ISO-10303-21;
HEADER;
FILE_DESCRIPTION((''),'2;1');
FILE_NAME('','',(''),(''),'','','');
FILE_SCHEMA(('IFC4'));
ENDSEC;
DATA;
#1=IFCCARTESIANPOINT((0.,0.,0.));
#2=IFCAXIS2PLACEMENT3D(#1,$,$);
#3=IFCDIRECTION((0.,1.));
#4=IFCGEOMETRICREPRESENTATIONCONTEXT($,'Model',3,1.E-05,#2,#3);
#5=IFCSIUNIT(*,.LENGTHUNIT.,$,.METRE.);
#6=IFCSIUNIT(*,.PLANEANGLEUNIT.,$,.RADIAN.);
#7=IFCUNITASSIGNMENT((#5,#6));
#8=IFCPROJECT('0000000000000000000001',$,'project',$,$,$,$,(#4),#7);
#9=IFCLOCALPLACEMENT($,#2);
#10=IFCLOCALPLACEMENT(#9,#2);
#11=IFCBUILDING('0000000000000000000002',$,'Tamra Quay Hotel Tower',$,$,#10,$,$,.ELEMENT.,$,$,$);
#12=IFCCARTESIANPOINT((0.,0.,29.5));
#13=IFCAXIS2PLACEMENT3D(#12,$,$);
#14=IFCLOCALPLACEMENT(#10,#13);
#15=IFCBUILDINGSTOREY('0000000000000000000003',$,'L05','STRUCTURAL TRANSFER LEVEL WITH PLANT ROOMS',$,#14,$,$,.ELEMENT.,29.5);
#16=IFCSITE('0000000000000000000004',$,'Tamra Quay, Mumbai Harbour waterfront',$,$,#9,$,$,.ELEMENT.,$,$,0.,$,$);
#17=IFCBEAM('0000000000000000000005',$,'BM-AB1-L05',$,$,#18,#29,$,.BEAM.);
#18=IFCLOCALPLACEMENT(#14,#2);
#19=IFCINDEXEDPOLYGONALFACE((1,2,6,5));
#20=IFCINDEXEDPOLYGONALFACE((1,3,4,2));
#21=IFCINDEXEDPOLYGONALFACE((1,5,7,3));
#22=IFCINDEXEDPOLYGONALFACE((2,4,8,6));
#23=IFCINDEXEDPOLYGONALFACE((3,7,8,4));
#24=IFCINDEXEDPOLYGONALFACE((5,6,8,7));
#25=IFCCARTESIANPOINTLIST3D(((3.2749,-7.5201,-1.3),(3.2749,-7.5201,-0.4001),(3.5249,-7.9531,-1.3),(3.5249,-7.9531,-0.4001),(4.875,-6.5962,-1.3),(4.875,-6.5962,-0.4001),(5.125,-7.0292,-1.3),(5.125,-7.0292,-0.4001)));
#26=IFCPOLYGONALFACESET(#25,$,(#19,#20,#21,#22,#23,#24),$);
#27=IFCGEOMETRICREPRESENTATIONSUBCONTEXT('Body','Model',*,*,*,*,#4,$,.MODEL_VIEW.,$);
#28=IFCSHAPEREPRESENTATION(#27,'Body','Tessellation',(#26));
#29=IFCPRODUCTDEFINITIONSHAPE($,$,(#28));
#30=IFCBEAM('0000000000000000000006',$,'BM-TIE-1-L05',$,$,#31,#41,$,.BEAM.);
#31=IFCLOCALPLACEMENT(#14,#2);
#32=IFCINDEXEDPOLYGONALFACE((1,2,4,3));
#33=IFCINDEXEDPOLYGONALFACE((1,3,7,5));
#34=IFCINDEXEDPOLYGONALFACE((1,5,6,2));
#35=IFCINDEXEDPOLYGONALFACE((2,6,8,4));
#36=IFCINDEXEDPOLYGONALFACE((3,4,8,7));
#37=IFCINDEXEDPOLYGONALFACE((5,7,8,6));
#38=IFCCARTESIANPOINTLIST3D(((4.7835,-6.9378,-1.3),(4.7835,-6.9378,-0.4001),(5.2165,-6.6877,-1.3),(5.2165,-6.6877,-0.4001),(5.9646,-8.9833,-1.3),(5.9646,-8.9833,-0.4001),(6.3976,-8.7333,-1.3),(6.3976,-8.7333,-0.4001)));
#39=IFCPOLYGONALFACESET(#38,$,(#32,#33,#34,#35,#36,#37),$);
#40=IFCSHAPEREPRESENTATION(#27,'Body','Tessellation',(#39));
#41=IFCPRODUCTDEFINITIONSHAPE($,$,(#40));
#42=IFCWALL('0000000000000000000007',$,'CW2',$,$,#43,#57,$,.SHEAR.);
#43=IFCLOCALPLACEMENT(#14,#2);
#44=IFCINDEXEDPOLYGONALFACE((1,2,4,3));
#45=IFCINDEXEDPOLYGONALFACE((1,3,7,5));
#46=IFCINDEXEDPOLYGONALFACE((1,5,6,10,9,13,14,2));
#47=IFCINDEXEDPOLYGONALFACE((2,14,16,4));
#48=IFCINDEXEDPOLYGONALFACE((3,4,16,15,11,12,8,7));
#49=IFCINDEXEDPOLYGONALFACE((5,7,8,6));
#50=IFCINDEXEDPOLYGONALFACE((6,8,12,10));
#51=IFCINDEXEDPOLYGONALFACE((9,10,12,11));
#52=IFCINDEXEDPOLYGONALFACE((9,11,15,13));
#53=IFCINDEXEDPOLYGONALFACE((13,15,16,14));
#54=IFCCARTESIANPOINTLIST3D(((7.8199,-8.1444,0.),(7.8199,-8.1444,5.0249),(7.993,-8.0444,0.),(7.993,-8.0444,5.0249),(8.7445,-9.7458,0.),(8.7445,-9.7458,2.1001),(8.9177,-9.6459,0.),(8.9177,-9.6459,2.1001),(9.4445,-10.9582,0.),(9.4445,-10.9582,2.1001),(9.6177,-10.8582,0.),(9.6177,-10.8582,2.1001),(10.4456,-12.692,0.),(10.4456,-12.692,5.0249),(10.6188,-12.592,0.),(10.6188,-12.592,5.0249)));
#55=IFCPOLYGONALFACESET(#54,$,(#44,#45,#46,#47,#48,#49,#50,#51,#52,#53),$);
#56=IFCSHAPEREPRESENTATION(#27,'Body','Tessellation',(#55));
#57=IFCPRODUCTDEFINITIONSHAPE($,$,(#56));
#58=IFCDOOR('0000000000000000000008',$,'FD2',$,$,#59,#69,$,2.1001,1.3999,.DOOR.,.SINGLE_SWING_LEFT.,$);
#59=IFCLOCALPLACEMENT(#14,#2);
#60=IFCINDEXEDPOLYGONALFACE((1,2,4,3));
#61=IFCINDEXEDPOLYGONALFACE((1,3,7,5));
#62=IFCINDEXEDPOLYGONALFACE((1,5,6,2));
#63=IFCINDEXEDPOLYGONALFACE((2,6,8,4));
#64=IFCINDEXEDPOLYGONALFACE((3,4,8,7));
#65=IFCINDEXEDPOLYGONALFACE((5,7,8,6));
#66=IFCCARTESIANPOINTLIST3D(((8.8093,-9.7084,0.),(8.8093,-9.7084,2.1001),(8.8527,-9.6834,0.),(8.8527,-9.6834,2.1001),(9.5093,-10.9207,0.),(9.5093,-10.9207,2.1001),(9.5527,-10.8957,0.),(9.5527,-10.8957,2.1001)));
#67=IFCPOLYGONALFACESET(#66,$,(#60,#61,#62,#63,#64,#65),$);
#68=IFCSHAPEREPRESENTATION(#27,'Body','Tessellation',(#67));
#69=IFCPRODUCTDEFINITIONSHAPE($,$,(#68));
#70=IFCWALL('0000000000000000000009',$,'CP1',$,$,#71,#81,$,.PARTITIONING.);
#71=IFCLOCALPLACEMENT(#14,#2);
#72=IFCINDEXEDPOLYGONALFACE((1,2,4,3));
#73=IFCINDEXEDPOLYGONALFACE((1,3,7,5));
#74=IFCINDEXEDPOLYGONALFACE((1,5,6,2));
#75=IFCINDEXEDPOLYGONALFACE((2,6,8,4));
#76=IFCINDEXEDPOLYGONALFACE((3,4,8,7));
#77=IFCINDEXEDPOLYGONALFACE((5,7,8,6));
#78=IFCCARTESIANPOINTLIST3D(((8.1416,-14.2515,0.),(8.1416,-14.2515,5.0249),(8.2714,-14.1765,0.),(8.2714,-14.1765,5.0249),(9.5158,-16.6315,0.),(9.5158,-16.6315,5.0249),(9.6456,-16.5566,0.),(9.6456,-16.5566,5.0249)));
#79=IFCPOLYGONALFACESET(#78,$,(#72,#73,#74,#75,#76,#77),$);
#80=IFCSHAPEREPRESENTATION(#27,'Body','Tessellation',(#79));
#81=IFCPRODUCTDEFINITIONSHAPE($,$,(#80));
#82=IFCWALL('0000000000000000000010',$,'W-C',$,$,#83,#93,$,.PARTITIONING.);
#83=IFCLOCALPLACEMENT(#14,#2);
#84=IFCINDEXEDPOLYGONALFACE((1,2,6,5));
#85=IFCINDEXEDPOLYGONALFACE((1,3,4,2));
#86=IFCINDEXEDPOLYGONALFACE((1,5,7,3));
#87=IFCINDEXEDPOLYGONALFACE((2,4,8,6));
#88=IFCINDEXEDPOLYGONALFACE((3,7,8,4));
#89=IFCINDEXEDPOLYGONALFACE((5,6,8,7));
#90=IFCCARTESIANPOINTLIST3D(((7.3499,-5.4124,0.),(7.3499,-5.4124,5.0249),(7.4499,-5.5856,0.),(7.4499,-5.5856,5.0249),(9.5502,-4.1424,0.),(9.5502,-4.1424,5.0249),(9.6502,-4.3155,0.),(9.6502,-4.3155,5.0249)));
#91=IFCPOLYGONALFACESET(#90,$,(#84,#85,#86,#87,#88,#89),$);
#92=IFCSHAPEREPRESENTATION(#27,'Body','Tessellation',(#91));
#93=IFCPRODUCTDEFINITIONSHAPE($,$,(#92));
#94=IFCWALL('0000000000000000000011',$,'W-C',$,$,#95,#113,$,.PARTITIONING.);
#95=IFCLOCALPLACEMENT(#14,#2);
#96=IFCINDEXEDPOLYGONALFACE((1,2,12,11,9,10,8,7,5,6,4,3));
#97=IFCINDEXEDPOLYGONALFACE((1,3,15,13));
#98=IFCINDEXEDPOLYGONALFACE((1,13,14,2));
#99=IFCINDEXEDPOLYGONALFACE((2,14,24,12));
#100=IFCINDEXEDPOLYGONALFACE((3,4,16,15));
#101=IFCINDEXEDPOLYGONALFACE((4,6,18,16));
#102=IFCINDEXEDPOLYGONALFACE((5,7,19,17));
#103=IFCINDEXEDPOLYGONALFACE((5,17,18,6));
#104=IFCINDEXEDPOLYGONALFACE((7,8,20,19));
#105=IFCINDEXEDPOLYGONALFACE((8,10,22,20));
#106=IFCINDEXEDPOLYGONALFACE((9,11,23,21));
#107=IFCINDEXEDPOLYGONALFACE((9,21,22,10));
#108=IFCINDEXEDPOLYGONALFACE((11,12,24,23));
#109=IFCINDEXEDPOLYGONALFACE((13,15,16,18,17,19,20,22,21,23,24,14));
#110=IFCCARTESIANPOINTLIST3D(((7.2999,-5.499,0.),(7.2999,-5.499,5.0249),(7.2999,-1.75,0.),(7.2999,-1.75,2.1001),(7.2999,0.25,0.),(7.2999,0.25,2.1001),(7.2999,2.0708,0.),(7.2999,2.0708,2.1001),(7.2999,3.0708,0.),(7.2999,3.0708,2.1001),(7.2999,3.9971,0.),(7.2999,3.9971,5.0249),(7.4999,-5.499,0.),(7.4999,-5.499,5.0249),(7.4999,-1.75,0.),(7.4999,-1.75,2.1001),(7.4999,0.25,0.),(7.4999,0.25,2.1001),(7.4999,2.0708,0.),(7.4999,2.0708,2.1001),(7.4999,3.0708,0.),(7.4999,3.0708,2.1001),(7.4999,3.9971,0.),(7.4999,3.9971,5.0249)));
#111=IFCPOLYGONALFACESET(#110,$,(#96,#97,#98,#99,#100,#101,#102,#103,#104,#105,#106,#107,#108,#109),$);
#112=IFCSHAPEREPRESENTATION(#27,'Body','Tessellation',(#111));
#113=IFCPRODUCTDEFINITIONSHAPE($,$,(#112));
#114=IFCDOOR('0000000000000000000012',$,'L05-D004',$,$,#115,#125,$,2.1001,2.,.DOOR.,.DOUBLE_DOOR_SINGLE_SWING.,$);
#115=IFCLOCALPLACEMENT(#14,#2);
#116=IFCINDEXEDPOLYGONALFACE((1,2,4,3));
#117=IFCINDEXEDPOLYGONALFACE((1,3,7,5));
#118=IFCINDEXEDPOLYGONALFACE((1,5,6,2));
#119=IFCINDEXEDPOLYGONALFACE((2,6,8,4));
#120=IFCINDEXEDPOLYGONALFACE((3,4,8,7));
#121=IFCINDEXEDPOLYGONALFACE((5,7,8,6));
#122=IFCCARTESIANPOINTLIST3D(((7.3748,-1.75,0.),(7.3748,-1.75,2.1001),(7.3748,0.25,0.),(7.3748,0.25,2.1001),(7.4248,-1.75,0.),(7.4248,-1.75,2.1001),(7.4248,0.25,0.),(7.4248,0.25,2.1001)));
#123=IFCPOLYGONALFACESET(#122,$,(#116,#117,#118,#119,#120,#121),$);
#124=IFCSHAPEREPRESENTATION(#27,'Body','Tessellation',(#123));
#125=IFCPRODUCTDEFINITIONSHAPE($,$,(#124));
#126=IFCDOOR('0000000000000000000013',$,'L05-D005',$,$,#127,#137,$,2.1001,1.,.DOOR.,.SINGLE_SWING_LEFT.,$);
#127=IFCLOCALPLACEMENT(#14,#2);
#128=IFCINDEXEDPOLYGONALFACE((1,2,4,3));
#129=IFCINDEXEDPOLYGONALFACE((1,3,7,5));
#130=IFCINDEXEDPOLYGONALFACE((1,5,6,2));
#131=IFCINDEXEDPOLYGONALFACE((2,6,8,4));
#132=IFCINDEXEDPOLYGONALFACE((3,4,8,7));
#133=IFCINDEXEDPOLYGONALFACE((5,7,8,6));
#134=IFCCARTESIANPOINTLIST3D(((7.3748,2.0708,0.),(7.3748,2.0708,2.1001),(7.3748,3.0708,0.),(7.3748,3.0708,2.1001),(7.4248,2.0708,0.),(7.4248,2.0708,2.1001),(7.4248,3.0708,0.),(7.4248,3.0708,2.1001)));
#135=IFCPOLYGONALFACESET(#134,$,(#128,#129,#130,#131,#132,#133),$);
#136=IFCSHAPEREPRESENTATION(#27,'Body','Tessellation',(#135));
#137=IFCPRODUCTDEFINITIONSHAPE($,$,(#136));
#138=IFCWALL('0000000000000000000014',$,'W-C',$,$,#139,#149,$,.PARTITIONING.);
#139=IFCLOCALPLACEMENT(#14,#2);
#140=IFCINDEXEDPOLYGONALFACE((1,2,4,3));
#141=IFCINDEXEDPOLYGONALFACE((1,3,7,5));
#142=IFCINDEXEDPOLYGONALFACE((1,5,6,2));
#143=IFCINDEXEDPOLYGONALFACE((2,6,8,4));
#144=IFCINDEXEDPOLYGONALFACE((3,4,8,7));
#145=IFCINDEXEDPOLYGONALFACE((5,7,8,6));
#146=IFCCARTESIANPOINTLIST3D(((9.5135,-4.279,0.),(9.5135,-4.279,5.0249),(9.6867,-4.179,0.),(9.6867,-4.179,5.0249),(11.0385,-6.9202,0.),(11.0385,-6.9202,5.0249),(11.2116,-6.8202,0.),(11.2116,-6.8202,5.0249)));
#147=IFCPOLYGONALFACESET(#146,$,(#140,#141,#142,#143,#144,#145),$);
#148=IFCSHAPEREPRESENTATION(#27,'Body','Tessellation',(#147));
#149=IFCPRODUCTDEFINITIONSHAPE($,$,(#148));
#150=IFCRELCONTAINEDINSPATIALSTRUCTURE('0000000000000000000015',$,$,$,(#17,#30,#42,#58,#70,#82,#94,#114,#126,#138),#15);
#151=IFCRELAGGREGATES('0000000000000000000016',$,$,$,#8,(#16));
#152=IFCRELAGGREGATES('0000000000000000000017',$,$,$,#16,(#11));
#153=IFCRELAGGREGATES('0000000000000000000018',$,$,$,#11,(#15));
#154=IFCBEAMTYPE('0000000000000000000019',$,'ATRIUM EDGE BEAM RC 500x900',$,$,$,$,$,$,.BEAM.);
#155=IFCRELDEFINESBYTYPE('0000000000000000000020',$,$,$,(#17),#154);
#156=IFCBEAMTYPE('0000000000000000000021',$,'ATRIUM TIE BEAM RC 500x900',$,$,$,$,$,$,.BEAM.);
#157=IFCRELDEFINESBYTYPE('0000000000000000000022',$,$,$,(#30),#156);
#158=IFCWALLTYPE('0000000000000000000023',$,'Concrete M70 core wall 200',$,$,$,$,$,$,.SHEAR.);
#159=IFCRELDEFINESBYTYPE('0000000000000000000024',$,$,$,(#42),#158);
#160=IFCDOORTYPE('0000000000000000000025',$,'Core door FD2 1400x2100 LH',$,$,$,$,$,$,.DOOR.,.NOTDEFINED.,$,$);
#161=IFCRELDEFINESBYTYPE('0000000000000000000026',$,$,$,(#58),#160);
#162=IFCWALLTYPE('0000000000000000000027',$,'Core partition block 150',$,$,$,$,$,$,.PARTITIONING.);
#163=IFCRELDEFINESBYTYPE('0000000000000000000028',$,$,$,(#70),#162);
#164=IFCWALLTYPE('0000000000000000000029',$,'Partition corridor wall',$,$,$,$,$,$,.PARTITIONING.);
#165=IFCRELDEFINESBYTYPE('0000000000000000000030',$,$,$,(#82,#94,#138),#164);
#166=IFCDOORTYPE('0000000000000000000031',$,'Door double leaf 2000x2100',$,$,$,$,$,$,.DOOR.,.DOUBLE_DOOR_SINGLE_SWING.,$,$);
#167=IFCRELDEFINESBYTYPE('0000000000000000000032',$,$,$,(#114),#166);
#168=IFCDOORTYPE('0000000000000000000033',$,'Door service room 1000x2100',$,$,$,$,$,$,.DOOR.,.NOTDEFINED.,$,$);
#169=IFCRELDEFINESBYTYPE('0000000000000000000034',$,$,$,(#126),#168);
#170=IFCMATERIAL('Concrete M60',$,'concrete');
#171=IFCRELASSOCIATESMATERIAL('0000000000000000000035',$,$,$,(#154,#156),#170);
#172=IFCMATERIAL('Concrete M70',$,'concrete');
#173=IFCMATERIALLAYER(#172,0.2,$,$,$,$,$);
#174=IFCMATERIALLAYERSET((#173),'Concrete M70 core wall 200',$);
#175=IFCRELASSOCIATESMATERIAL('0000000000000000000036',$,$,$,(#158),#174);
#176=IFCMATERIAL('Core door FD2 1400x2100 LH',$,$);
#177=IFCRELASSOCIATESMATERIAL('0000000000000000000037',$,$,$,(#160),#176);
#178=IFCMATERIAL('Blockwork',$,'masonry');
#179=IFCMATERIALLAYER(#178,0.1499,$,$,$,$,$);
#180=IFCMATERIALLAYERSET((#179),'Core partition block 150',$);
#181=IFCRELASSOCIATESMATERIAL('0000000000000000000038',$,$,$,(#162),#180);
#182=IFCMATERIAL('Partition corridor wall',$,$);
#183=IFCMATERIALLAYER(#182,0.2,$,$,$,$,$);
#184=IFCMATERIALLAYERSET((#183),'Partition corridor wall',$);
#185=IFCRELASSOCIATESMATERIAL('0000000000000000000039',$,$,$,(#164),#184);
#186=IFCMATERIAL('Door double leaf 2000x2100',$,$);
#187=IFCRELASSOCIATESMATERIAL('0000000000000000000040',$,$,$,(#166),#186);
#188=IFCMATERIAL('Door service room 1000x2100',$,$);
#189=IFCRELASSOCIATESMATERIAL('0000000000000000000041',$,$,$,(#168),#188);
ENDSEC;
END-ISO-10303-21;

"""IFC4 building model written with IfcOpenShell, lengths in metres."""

from ifc_helpers import new_model, si_unit, direction, frame, frame_2d, origin, origin_2d, place, context, subcontext, project, spatial, rectangle, extrude, material, layer, layer_set, material_profile, profile_set, type_object, element, fill, save


model = new_model("IFC4")

# Units and contexts
model_context = context("Model", 3, precision=1e-05, world=origin(), true_north=direction((0.0, 1.0)))
body_context = subcontext(model_context, "Body", "Model", "MODEL_VIEW")
ifc_project = project(units=[si_unit("LENGTHUNIT", "METRE"), si_unit("PLANEANGLEUNIT", "RADIAN")], contexts=[model_context])

# Site, building, storey
site_placement = place(None, origin())
site = spatial("IfcSite", under=ifc_project, at=site_placement, Name="Tamra Quay, Mumbai Harbour waterfront", CompositionType="ELEMENT", RefElevation=0.0)
building_placement = place(site_placement, origin())
building = spatial("IfcBuilding", under=site, at=building_placement, Name="Tamra Quay Hotel Tower", CompositionType="ELEMENT")
storey_placement = place(building_placement, frame((0.0, 0.0, 29.5)))
storey = spatial("IfcBuildingStorey", under=building, at=storey_placement, Name="L05", Description="STRUCTURAL TRANSFER LEVEL WITH PLANT ROOMS", CompositionType="ELEMENT", Elevation=29.5)

# Beams
ifc_material_1 = material(Name="Concrete M60", Category="concrete")
ifc_material_profile_1 = material_profile(ifc_material_1, rectangle(XDim=0.5, YDim=0.8999, at=origin_2d()), Name="ATRIUM EDGE BEAM RC 500x900")
ifc_profile_set_1 = profile_set([ifc_material_profile_1], Name="Concrete M60")
beam_type_1 = type_object("IfcBeamType", Name="ATRIUM EDGE BEAM RC 500x900", PredefinedType="BEAM", material=ifc_profile_set_1)
beam_1_placement = place(storey_placement, frame((5.0, -6.8127, -0.8501), z_axis=(-0.866023, -0.500005, 0.0), x_axis=(0.500005, -0.866023, 0.0)))
element("IfcBeam", 1, at=beam_1_placement, inside=storey, type_object=beam_type_1, Name="BM-AB1-L05", PredefinedType="BEAM", context=body_context, shape_type="SweptSolid", body=[
    extrude(rectangle(XDim=0.5, YDim=0.8999, at=origin_2d()), origin(), (0.0, 0.0, 1.0), 1.8477),
])
ifc_material_profile_2 = material_profile(ifc_material_1, rectangle(XDim=0.5, YDim=0.8999, at=origin_2d()), Name="ATRIUM TIE BEAM RC 500x900")
ifc_profile_set_2 = profile_set([ifc_material_profile_2], Name="Concrete M60")
beam_type_2 = type_object("IfcBeamType", Name="ATRIUM TIE BEAM RC 500x900", PredefinedType="BEAM", material=ifc_profile_set_2)
beam_2_placement = place(storey_placement, frame((5.0, -6.8127, -0.8501), z_axis=(0.50003, -0.866008, 0.0), x_axis=(0.866008, 0.50003, 0.0)))
element("IfcBeam", 2, at=beam_2_placement, inside=storey, type_object=beam_type_2, Name="BM-TIE-1-L05", PredefinedType="BEAM", context=body_context, shape_type="SweptSolid", body=[
    extrude(rectangle(XDim=0.5, YDim=0.8999, at=origin_2d()), origin(), (0.0, 0.0, 1.0), 2.3621),
])

# Wall, opening, door
ifc_material_2 = material(Name="Concrete M70", Category="concrete")
ifc_layer_1 = layer(ifc_material_2, 0.2)
ifc_layer_set_1 = layer_set([ifc_layer_1], Name="Concrete M70 core wall 200")
wall_type_1 = type_object("IfcWallType", Name="Concrete M70 core wall 200", PredefinedType="SHEAR", material=ifc_layer_set_1)
wall_1_placement = place(storey_placement, frame((7.9065, -8.0945, 0.0), z_axis=(0.0, 0.0, 1.0), x_axis=(0.500024, -0.866011, 0.0)))
wall_1 = element("IfcWall", 3, at=wall_1_placement, inside=storey, type_object=wall_type_1, Name="CW2", PredefinedType="SHEAR", context=body_context, shape_type="SweptSolid", body=[
    extrude(rectangle(XDim=5.2512, YDim=0.2, at=frame_2d((2.6255, 0.0))), origin(), (0.0, 0.0, 1.0), 5.0249),
])
opening_1_placement = place(wall_1_placement, frame((1.8491, 0.0, 0.0)))
opening_1 = element("IfcOpeningElement", 4, at=opening_1_placement, cuts=wall_1, PredefinedType="OPENING", context=body_context, shape_type="SweptSolid", body=[
    extrude(rectangle(XDim=1.3999, YDim=2.1001, at=frame_2d((0.7, 1.05))), frame((0.0, 0.1099, 0.0), z_axis=(0.0, -1.0, 0.0), x_axis=(1.0, 0.0, 0.0)), (0.0, 0.0, 1.0), 0.22),
])
ifc_material_3 = material(Name="Core door FD2 1400x2100 LH")
door_type_1 = type_object("IfcDoorType", Name="Core door FD2 1400x2100 LH", OperationType="NOTDEFINED", PredefinedType="DOOR", material=ifc_material_3)
door_1_placement = place(opening_1_placement, origin())
door_1 = element("IfcDoor", 5, at=door_1_placement, inside=storey, type_object=door_type_1, Name="FD2", OperationType="SINGLE_SWING_LEFT", OverallHeight=2.1001, OverallWidth=1.3999, PredefinedType="DOOR", context=body_context, shape_type="SweptSolid", body=[
    extrude(rectangle(XDim=1.3999, YDim=2.1001, at=frame_2d((0.7, 1.05))), frame((0.0, 0.0249, 0.0), z_axis=(0.0, -1.0, 0.0), x_axis=(1.0, 0.0, 0.0)), (0.0, 0.0, 1.0), 0.05),
])
fill(opening_1, door_1)

# Walls
ifc_material_4 = material(Name="Blockwork", Category="masonry")
ifc_layer_2 = layer(ifc_material_4, 0.1499)
ifc_layer_set_2 = layer_set([ifc_layer_2], Name="Core partition block 150")
wall_type_2 = type_object("IfcWallType", Name="Core partition block 150", PredefinedType="PARTITIONING", material=ifc_layer_set_2)
wall_2_placement = place(storey_placement, frame((8.2065, -14.2141, 0.0), z_axis=(0.0, 0.0, 1.0), x_axis=(0.500027, -0.86601, 0.0)))
element("IfcWall", 6, at=wall_2_placement, inside=storey, type_object=wall_type_2, Name="CP1", PredefinedType="PARTITIONING", context=body_context, shape_type="SweptSolid", body=[
    extrude(rectangle(XDim=2.7483, YDim=0.1499, at=frame_2d((1.374, 0.0))), origin(), (0.0, 0.0, 1.0), 5.0249),
])
ifc_material_5 = material(Name="Partition corridor wall")
ifc_layer_3 = layer(ifc_material_5, 0.2)
ifc_layer_set_3 = layer_set([ifc_layer_3], Name="Partition corridor wall")
wall_type_3 = type_object("IfcWallType", Name="Partition corridor wall", PredefinedType="PARTITIONING", material=ifc_layer_set_3)
wall_3_placement = place(storey_placement, frame((7.3999, -5.499, 0.0), z_axis=(0.0, 0.0, 1.0), x_axis=(0.86607, 0.499922, 0.0)))
element("IfcWall", 7, at=wall_3_placement, inside=storey, type_object=wall_type_3, Name="W-C", PredefinedType="PARTITIONING", context=body_context, shape_type="SweptSolid", body=[
    extrude(rectangle(XDim=2.5405, YDim=0.2, at=frame_2d((1.2703, 0.0))), origin(), (0.0, 0.0, 1.0), 5.0249),
])

# Wall, openings, doors
wall_4_placement = place(storey_placement, frame((7.3999, -5.499, 0.0), z_axis=(0.0, 0.0, 1.0), x_axis=(0.0, 1.0, 0.0)))
wall_4 = element("IfcWall", 8, at=wall_4_placement, inside=storey, type_object=wall_type_3, Name="W-C", PredefinedType="PARTITIONING", context=body_context, shape_type="SweptSolid", body=[
    extrude(rectangle(XDim=9.4961, YDim=0.2, at=frame_2d((4.748, 0.0))), origin(), (0.0, 0.0, 1.0), 5.0249),
])
opening_2_placement = place(wall_4_placement, frame((3.749, 0.0, 0.0)))
opening_2 = element("IfcOpeningElement", 9, at=opening_2_placement, cuts=wall_4, PredefinedType="OPENING", context=body_context, shape_type="SweptSolid", body=[
    extrude(rectangle(XDim=2.0, YDim=2.1001, at=frame_2d((1.0, 1.05))), frame((0.0, 0.1099, 0.0), z_axis=(0.0, -1.0, 0.0), x_axis=(1.0, 0.0, 0.0)), (0.0, 0.0, 1.0), 0.22),
])
opening_3_placement = place(wall_4_placement, frame((7.5698, 0.0, 0.0)))
opening_3 = element("IfcOpeningElement", 10, at=opening_3_placement, cuts=wall_4, PredefinedType="OPENING", context=body_context, shape_type="SweptSolid", body=[
    extrude(rectangle(XDim=1.0, YDim=2.1001, at=frame_2d((0.5, 1.05))), frame((0.0, 0.1099, 0.0), z_axis=(0.0, -1.0, 0.0), x_axis=(1.0, 0.0, 0.0)), (0.0, 0.0, 1.0), 0.22),
])
ifc_material_6 = material(Name="Door double leaf 2000x2100")
door_type_2 = type_object("IfcDoorType", Name="Door double leaf 2000x2100", OperationType="DOUBLE_DOOR_SINGLE_SWING", PredefinedType="DOOR", material=ifc_material_6)
door_2_placement = place(opening_2_placement, frame((2.0, 0.0, 0.0), z_axis=(0.0, 0.0, 1.0), x_axis=(-1.0, 0.0, 0.0)))
door_2 = element("IfcDoor", 11, at=door_2_placement, inside=storey, type_object=door_type_2, Name="L05-D004", OperationType="DOUBLE_DOOR_SINGLE_SWING", OverallHeight=2.1001, OverallWidth=2.0, PredefinedType="DOOR", context=body_context, shape_type="SweptSolid", body=[
    extrude(rectangle(XDim=2.0, YDim=2.1001, at=frame_2d((1.0, 1.05))), frame((0.0, 0.0249, 0.0), z_axis=(0.0, -1.0, 0.0), x_axis=(1.0, 0.0, 0.0)), (0.0, 0.0, 1.0), 0.05),
])
fill(opening_2, door_2)
ifc_material_7 = material(Name="Door service room 1000x2100")
door_type_3 = type_object("IfcDoorType", Name="Door service room 1000x2100", OperationType="NOTDEFINED", PredefinedType="DOOR", material=ifc_material_7)
door_3_placement = place(opening_3_placement, frame((1.0, 0.0, 0.0), z_axis=(0.0, 0.0, 1.0), x_axis=(-1.0, 0.0, 0.0)))
door_3 = element("IfcDoor", 12, at=door_3_placement, inside=storey, type_object=door_type_3, Name="L05-D005", OperationType="SINGLE_SWING_LEFT", OverallHeight=2.1001, OverallWidth=1.0, PredefinedType="DOOR", context=body_context, shape_type="SweptSolid", body=[
    extrude(rectangle(XDim=1.0, YDim=2.1001, at=frame_2d((0.5, 1.05))), frame((0.0, 0.0249, 0.0), z_axis=(0.0, -1.0, 0.0), x_axis=(1.0, 0.0, 0.0)), (0.0, 0.0, 1.0), 0.05),
])
fill(opening_3, door_3)

# Wall
wall_5_placement = place(storey_placement, frame((9.6001, -4.229, 0.0), z_axis=(0.0, 0.0, 1.0), x_axis=(0.500013, -0.866018, 0.0)))
element("IfcWall", 13, at=wall_5_placement, inside=storey, type_object=wall_type_3, Name="W-C", PredefinedType="PARTITIONING", context=body_context, shape_type="SweptSolid", body=[
    extrude(rectangle(XDim=3.0498, YDim=0.2, at=frame_2d((1.5249, 0.0))), origin(), (0.0, 0.0, 1.0), 5.0249),
])

save(model, "model.ifc")
